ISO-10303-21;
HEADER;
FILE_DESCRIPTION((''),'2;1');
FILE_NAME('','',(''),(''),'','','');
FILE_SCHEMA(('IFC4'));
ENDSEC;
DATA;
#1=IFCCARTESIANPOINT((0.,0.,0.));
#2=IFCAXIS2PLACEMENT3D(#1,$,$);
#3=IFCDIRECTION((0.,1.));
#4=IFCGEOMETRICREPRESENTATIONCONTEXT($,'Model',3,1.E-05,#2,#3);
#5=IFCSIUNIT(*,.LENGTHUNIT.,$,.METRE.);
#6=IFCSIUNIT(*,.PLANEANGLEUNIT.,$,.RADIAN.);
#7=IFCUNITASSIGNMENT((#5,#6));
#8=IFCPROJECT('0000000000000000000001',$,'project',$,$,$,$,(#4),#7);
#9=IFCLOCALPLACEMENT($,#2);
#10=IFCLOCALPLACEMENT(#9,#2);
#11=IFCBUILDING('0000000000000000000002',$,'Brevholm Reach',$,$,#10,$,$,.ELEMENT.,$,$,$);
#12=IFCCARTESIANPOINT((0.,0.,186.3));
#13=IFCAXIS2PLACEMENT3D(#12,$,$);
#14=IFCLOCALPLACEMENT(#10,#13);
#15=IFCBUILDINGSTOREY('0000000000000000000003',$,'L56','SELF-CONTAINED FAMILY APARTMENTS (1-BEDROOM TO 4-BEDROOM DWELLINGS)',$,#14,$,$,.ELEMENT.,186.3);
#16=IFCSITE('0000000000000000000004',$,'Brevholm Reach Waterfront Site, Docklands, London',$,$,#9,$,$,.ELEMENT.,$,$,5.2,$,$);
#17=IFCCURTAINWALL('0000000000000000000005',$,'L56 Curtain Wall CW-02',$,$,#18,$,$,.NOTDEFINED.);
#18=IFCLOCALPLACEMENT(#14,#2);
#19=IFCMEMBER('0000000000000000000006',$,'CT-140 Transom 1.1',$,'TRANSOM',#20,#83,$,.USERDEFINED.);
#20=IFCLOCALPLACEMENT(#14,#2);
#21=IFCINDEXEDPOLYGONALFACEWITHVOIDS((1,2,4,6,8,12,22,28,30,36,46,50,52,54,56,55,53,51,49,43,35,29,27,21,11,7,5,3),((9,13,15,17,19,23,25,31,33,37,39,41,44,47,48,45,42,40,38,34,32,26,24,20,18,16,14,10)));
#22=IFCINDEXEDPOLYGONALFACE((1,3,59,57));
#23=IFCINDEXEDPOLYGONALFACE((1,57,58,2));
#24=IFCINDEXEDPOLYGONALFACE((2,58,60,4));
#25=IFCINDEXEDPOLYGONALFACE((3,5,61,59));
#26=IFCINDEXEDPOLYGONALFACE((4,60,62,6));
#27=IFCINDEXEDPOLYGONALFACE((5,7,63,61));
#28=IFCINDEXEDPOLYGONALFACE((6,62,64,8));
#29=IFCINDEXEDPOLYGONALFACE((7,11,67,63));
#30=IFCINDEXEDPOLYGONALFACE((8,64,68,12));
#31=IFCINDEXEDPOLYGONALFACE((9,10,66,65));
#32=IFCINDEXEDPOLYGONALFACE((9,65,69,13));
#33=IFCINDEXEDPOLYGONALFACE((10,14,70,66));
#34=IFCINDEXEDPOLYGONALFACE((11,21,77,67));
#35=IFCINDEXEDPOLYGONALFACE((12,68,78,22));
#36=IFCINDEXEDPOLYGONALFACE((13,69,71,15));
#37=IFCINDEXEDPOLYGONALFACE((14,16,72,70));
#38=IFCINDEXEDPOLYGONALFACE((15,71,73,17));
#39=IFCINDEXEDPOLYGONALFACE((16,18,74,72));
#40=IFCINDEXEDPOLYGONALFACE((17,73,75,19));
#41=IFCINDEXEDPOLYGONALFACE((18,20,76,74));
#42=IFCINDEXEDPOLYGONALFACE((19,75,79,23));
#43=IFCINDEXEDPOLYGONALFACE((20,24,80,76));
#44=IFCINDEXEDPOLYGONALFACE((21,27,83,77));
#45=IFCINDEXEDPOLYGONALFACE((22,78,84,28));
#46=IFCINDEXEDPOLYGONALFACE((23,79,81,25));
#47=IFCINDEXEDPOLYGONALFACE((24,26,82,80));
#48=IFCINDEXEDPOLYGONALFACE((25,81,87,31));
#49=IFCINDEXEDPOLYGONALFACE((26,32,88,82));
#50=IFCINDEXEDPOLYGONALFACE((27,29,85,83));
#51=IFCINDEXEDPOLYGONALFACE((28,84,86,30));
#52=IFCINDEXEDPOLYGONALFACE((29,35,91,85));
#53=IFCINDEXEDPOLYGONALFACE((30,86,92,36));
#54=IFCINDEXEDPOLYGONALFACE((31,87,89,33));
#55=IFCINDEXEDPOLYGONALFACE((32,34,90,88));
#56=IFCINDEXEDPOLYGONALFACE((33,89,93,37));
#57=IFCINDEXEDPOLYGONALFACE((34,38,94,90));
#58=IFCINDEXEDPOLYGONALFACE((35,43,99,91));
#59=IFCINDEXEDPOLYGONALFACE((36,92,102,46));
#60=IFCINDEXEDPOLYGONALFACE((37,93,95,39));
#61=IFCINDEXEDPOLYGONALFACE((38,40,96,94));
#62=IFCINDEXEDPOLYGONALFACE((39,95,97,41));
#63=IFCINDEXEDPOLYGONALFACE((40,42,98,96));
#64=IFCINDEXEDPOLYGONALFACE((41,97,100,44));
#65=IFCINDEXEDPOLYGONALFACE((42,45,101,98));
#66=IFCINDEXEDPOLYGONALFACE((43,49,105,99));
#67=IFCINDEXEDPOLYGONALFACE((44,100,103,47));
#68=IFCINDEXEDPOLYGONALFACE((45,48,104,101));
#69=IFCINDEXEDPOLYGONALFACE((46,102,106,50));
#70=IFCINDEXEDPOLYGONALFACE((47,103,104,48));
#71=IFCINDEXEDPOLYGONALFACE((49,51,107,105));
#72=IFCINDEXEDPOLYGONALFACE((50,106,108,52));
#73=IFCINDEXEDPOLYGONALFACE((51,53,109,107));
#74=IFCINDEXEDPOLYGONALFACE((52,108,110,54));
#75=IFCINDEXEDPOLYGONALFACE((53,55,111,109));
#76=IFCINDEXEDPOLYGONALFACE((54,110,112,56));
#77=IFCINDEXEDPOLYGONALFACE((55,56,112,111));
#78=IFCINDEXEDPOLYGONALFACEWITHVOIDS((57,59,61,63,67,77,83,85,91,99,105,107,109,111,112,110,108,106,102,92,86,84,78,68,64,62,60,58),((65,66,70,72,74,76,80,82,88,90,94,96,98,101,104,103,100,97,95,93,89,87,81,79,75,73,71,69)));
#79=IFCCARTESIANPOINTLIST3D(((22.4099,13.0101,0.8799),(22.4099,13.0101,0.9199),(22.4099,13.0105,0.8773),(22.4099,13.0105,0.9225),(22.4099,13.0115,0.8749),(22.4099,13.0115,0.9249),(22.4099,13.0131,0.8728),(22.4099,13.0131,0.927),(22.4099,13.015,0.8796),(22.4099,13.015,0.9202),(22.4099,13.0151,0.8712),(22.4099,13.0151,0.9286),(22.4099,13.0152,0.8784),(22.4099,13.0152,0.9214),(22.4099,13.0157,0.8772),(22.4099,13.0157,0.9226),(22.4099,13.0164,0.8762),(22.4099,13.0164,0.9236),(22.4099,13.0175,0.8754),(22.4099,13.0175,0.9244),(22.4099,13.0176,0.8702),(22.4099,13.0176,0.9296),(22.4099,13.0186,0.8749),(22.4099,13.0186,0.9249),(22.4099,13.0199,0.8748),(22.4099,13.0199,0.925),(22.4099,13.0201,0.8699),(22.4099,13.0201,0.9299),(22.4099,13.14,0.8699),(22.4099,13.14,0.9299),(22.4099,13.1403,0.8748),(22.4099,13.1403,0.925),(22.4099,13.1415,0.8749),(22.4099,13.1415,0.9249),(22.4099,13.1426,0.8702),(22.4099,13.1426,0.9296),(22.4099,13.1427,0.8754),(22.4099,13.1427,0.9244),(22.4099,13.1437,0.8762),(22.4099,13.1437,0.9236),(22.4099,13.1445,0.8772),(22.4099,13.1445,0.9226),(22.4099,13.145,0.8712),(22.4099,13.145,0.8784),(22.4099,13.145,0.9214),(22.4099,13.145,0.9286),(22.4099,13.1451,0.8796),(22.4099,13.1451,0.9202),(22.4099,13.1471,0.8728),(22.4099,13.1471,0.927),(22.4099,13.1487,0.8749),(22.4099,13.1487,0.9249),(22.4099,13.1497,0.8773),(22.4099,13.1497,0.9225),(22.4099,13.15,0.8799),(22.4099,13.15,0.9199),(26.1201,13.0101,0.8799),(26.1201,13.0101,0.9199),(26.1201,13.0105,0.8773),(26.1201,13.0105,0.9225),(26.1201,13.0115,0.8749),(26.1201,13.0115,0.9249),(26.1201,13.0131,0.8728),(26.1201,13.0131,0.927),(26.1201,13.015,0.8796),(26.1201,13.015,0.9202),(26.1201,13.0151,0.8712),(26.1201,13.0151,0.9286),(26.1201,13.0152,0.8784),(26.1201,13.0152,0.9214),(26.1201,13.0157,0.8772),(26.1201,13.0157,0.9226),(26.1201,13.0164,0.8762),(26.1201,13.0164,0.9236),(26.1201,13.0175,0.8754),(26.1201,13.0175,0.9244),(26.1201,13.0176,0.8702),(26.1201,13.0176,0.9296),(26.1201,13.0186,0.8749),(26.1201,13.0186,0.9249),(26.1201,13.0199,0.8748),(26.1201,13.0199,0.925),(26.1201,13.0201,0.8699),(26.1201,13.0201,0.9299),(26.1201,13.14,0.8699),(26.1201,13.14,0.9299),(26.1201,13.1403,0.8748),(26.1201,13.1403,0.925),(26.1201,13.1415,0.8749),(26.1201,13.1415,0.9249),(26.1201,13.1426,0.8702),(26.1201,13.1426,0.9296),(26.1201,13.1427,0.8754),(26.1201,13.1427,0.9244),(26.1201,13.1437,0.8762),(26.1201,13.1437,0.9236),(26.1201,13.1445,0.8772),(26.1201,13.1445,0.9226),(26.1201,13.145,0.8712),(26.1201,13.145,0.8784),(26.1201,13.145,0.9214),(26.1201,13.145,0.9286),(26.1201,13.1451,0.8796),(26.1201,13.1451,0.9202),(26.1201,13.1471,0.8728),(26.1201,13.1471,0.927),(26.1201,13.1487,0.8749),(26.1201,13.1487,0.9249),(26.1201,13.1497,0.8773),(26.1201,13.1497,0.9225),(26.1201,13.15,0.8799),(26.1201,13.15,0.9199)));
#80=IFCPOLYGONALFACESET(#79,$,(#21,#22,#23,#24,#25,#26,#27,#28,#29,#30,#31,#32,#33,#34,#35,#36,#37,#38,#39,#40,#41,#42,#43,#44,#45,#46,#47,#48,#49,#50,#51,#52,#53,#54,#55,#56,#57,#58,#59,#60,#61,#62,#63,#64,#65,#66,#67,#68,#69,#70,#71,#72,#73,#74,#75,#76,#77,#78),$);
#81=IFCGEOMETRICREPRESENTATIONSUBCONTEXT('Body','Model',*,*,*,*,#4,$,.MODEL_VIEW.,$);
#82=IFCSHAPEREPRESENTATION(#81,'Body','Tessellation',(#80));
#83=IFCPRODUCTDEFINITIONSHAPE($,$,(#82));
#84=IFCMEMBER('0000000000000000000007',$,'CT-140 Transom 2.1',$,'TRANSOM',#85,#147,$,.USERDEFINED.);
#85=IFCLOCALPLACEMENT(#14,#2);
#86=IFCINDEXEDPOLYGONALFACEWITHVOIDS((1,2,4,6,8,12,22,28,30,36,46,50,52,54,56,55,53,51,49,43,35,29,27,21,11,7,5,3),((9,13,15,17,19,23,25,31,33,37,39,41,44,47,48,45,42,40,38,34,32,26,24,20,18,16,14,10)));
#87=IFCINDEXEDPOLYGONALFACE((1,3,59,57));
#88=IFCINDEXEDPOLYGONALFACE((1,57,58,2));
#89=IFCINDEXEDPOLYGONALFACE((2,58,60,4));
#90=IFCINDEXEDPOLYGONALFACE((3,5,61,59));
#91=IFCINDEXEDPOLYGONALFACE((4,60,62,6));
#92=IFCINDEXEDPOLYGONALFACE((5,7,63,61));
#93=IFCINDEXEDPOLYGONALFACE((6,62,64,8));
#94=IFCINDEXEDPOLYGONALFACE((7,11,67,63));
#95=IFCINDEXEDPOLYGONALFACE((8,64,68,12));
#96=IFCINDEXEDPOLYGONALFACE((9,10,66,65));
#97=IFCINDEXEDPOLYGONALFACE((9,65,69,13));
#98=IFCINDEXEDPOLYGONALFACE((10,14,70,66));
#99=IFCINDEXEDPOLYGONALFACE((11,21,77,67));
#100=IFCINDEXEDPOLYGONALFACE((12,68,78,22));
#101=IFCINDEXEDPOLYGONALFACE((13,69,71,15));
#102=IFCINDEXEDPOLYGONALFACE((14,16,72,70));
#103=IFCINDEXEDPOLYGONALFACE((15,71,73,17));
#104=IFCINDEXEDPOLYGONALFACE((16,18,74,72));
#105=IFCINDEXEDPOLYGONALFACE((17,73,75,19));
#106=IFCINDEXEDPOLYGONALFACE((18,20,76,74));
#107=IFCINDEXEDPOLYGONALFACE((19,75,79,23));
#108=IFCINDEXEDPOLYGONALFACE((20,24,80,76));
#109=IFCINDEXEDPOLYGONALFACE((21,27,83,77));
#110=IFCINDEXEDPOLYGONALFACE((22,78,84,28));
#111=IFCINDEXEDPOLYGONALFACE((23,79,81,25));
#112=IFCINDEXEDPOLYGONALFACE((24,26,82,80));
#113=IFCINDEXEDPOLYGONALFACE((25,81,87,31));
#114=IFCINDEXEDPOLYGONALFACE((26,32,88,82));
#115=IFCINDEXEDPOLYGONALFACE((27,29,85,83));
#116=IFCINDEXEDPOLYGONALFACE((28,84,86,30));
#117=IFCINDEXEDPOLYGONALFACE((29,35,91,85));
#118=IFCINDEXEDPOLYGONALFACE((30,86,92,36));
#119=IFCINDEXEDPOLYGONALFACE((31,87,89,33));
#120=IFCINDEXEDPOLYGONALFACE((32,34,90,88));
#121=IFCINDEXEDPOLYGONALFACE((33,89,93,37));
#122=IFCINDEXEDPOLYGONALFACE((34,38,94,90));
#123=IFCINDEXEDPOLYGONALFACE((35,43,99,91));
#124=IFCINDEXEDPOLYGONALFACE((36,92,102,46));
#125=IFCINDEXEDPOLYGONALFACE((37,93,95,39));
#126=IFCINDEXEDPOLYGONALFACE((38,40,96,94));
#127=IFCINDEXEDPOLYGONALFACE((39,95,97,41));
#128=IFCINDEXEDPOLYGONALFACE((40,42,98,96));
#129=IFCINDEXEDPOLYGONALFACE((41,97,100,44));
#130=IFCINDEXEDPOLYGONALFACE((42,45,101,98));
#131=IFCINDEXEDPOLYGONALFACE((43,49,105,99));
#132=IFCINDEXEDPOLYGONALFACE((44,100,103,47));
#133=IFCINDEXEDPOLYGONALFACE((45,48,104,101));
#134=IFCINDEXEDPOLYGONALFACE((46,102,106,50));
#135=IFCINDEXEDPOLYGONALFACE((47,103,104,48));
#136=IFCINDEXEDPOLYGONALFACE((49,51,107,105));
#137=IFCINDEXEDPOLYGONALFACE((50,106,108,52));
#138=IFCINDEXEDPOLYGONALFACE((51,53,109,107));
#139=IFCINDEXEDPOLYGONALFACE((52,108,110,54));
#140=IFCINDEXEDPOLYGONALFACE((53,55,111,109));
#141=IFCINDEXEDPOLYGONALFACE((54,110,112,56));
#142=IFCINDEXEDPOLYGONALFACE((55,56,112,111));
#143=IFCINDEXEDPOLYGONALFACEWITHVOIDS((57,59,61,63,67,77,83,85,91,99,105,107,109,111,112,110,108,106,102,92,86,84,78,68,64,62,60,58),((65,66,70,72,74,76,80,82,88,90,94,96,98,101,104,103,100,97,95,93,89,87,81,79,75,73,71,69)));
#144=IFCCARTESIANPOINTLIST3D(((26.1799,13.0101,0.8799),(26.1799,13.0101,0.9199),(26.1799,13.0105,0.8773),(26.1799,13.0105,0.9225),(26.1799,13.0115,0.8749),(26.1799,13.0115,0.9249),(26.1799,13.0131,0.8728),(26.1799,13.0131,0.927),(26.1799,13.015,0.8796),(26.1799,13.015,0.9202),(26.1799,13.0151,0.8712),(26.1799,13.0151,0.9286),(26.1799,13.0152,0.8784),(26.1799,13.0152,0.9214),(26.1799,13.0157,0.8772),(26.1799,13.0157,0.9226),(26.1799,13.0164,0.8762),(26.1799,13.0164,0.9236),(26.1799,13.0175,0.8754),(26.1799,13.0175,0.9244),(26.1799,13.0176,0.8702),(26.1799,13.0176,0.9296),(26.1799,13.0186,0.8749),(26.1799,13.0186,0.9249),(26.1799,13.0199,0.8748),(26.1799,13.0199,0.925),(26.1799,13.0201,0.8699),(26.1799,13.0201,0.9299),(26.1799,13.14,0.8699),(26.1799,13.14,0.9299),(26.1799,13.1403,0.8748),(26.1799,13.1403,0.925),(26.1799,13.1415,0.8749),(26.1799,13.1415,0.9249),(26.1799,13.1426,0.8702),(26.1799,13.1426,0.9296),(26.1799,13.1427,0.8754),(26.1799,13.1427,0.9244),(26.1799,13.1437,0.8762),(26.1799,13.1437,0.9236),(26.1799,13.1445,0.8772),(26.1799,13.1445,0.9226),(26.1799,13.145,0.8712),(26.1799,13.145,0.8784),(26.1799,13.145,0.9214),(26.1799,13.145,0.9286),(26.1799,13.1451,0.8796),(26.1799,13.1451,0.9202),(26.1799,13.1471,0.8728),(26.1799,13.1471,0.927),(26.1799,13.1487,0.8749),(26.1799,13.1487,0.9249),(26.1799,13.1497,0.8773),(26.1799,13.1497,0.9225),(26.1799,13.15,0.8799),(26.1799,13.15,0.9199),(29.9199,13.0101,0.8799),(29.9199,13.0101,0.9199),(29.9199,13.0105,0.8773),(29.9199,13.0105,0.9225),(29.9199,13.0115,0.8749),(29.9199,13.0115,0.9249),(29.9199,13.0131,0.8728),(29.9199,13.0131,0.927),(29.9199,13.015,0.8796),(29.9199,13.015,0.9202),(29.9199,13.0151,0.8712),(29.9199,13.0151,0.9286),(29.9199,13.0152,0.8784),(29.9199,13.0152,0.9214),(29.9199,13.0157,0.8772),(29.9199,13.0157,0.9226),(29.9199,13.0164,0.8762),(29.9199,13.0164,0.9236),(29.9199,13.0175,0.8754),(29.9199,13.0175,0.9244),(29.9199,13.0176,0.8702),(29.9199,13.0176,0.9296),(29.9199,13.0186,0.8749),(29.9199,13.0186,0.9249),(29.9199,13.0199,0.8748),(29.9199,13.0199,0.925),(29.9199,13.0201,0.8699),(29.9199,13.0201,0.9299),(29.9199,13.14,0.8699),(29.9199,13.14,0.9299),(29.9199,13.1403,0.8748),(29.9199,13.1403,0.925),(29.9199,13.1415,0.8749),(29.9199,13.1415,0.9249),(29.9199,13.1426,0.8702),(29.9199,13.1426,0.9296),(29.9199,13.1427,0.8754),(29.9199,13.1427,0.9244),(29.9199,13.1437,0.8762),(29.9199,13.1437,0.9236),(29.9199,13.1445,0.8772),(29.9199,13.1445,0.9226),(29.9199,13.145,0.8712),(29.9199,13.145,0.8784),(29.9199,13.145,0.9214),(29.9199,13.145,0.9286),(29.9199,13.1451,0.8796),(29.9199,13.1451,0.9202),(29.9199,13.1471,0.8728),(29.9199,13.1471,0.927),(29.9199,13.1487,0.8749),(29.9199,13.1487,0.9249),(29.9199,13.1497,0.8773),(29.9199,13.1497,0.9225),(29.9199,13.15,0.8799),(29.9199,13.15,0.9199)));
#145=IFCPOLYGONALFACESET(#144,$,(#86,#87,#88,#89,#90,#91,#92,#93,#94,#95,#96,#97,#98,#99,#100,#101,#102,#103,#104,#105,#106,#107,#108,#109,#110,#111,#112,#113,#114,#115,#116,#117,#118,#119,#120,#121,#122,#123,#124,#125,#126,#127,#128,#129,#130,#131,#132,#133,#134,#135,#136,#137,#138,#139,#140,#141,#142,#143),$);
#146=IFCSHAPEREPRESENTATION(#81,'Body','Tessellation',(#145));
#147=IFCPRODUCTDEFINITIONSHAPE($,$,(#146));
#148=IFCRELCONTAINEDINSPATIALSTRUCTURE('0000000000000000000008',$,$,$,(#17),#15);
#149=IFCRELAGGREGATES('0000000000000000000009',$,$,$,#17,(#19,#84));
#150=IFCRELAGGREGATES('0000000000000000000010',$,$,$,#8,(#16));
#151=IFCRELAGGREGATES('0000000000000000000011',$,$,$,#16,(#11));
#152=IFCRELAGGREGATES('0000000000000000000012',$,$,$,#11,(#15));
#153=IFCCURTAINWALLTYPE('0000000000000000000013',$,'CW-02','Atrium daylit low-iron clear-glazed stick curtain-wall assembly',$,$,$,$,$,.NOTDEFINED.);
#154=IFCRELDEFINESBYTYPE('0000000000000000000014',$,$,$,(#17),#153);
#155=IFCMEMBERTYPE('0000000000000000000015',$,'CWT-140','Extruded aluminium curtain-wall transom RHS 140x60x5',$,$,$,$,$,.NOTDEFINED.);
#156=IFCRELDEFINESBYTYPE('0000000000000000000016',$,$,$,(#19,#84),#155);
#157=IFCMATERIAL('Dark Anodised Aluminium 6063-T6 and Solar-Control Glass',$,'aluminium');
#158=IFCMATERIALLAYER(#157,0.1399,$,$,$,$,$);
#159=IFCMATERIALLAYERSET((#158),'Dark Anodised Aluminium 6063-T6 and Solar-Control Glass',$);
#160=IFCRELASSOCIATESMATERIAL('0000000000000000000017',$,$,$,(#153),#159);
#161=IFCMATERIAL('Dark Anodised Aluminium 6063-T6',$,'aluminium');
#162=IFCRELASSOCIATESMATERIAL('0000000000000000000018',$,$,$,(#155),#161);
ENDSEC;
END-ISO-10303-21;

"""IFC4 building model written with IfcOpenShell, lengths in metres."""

from ifc_helpers import new_model, si_unit, direction, frame, origin, origin_2d, place, context, subcontext, project, spatial, hollow_rectangle, extrude, material, layer, layer_set, material_profile, profile_set, type_object, element, aggregate, save


model = new_model("IFC4")

# Units and contexts
model_context = context("Model", 3, precision=1e-05, world=origin(), true_north=direction((0.0, 1.0)))
body_context = subcontext(model_context, "Body", "Model", "MODEL_VIEW")
ifc_project = project(units=[si_unit("LENGTHUNIT", "METRE"), si_unit("PLANEANGLEUNIT", "RADIAN")], contexts=[model_context])

# Site, building, storey
site_placement = place(None, origin())
site = spatial("IfcSite", under=ifc_project, at=site_placement, Name="Brevholm Reach Waterfront Site, Docklands, London", CompositionType="ELEMENT", RefElevation=5.2)
building_placement = place(site_placement, origin())
building = spatial("IfcBuilding", under=site, at=building_placement, Name="Brevholm Reach", CompositionType="ELEMENT")
storey_placement = place(building_placement, frame((0.0, 0.0, 186.3)))
storey = spatial("IfcBuildingStorey", under=building, at=storey_placement, Name="L56", Description="SELF-CONTAINED FAMILY APARTMENTS (1-BEDROOM TO 4-BEDROOM DWELLINGS)", CompositionType="ELEMENT", Elevation=186.3)

# Curtain wall
ifc_material_1 = material(Name="Dark Anodised Aluminium 6063-T6 and Solar-Control Glass", Category="aluminium")
ifc_layer_1 = layer(ifc_material_1, 0.1399)
ifc_layer_set_1 = layer_set([ifc_layer_1], Name="Dark Anodised Aluminium 6063-T6 and Solar-Control Glass")
curtain_wall_type = type_object("IfcCurtainWallType", Name="CW-02", Description="Atrium daylit low-iron clear-glazed stick curtain-wall assembly", PredefinedType="NOTDEFINED", material=ifc_layer_set_1)
curtain_wall_1_placement = place(storey_placement, origin())
curtain_wall_1 = element("IfcCurtainWall", 1, at=curtain_wall_1_placement, inside=storey, type_object=curtain_wall_type, Name="L56 Curtain Wall CW-02", PredefinedType="NOTDEFINED")

# Members
ifc_material_2 = material(Name="Dark Anodised Aluminium 6063-T6", Category="aluminium")
ifc_material_profile_1 = material_profile(ifc_material_2, hollow_rectangle(XDim=0.0601, YDim=0.1399, WallThickness=0.0049, InnerFilletRadius=0.0049, OuterFilletRadius=0.01, at=origin_2d()), Name="RHS 140x60x5")
ifc_profile_set_1 = profile_set([ifc_material_profile_1], Name="Dark Anodised Aluminium 6063-T6")
member_type_1 = type_object("IfcMemberType", Name="CWT-140", Description="Extruded aluminium curtain-wall transom RHS 140x60x5", PredefinedType="NOTDEFINED", material=ifc_profile_set_1)
member_1_placement = place(storey_placement, frame((22.4099, 13.0801, 0.8999), z_axis=(1.0, 0.0, 0.0), x_axis=(0.0, 0.0, 1.0)))
member_1 = element("IfcMember", 2, at=member_1_placement, type_object=member_type_1, Name="CT-140 Transom 1.1", ObjectType="TRANSOM", PredefinedType="USERDEFINED", context=body_context, shape_type="SweptSolid", body=[
    extrude(hollow_rectangle(XDim=0.0601, YDim=0.1399, WallThickness=0.0049, InnerFilletRadius=0.0049, OuterFilletRadius=0.01, at=origin_2d()), origin(), (0.0, 0.0, 1.0), 3.7102),
])
member_2_placement = place(storey_placement, frame((26.1799, 13.0801, 0.8999), z_axis=(1.0, 0.0, 0.0), x_axis=(0.0, 0.0, 1.0)))
member_2 = element("IfcMember", 3, at=member_2_placement, type_object=member_type_1, Name="CT-140 Transom 2.1", ObjectType="TRANSOM", PredefinedType="USERDEFINED", context=body_context, shape_type="SweptSolid", body=[
    extrude(hollow_rectangle(XDim=0.0601, YDim=0.1399, WallThickness=0.0049, InnerFilletRadius=0.0049, OuterFilletRadius=0.01, at=origin_2d()), origin(), (0.0, 0.0, 1.0), 3.74),
])

aggregate(curtain_wall_1, [member_1, member_2])

save(model, "model.ifc")
